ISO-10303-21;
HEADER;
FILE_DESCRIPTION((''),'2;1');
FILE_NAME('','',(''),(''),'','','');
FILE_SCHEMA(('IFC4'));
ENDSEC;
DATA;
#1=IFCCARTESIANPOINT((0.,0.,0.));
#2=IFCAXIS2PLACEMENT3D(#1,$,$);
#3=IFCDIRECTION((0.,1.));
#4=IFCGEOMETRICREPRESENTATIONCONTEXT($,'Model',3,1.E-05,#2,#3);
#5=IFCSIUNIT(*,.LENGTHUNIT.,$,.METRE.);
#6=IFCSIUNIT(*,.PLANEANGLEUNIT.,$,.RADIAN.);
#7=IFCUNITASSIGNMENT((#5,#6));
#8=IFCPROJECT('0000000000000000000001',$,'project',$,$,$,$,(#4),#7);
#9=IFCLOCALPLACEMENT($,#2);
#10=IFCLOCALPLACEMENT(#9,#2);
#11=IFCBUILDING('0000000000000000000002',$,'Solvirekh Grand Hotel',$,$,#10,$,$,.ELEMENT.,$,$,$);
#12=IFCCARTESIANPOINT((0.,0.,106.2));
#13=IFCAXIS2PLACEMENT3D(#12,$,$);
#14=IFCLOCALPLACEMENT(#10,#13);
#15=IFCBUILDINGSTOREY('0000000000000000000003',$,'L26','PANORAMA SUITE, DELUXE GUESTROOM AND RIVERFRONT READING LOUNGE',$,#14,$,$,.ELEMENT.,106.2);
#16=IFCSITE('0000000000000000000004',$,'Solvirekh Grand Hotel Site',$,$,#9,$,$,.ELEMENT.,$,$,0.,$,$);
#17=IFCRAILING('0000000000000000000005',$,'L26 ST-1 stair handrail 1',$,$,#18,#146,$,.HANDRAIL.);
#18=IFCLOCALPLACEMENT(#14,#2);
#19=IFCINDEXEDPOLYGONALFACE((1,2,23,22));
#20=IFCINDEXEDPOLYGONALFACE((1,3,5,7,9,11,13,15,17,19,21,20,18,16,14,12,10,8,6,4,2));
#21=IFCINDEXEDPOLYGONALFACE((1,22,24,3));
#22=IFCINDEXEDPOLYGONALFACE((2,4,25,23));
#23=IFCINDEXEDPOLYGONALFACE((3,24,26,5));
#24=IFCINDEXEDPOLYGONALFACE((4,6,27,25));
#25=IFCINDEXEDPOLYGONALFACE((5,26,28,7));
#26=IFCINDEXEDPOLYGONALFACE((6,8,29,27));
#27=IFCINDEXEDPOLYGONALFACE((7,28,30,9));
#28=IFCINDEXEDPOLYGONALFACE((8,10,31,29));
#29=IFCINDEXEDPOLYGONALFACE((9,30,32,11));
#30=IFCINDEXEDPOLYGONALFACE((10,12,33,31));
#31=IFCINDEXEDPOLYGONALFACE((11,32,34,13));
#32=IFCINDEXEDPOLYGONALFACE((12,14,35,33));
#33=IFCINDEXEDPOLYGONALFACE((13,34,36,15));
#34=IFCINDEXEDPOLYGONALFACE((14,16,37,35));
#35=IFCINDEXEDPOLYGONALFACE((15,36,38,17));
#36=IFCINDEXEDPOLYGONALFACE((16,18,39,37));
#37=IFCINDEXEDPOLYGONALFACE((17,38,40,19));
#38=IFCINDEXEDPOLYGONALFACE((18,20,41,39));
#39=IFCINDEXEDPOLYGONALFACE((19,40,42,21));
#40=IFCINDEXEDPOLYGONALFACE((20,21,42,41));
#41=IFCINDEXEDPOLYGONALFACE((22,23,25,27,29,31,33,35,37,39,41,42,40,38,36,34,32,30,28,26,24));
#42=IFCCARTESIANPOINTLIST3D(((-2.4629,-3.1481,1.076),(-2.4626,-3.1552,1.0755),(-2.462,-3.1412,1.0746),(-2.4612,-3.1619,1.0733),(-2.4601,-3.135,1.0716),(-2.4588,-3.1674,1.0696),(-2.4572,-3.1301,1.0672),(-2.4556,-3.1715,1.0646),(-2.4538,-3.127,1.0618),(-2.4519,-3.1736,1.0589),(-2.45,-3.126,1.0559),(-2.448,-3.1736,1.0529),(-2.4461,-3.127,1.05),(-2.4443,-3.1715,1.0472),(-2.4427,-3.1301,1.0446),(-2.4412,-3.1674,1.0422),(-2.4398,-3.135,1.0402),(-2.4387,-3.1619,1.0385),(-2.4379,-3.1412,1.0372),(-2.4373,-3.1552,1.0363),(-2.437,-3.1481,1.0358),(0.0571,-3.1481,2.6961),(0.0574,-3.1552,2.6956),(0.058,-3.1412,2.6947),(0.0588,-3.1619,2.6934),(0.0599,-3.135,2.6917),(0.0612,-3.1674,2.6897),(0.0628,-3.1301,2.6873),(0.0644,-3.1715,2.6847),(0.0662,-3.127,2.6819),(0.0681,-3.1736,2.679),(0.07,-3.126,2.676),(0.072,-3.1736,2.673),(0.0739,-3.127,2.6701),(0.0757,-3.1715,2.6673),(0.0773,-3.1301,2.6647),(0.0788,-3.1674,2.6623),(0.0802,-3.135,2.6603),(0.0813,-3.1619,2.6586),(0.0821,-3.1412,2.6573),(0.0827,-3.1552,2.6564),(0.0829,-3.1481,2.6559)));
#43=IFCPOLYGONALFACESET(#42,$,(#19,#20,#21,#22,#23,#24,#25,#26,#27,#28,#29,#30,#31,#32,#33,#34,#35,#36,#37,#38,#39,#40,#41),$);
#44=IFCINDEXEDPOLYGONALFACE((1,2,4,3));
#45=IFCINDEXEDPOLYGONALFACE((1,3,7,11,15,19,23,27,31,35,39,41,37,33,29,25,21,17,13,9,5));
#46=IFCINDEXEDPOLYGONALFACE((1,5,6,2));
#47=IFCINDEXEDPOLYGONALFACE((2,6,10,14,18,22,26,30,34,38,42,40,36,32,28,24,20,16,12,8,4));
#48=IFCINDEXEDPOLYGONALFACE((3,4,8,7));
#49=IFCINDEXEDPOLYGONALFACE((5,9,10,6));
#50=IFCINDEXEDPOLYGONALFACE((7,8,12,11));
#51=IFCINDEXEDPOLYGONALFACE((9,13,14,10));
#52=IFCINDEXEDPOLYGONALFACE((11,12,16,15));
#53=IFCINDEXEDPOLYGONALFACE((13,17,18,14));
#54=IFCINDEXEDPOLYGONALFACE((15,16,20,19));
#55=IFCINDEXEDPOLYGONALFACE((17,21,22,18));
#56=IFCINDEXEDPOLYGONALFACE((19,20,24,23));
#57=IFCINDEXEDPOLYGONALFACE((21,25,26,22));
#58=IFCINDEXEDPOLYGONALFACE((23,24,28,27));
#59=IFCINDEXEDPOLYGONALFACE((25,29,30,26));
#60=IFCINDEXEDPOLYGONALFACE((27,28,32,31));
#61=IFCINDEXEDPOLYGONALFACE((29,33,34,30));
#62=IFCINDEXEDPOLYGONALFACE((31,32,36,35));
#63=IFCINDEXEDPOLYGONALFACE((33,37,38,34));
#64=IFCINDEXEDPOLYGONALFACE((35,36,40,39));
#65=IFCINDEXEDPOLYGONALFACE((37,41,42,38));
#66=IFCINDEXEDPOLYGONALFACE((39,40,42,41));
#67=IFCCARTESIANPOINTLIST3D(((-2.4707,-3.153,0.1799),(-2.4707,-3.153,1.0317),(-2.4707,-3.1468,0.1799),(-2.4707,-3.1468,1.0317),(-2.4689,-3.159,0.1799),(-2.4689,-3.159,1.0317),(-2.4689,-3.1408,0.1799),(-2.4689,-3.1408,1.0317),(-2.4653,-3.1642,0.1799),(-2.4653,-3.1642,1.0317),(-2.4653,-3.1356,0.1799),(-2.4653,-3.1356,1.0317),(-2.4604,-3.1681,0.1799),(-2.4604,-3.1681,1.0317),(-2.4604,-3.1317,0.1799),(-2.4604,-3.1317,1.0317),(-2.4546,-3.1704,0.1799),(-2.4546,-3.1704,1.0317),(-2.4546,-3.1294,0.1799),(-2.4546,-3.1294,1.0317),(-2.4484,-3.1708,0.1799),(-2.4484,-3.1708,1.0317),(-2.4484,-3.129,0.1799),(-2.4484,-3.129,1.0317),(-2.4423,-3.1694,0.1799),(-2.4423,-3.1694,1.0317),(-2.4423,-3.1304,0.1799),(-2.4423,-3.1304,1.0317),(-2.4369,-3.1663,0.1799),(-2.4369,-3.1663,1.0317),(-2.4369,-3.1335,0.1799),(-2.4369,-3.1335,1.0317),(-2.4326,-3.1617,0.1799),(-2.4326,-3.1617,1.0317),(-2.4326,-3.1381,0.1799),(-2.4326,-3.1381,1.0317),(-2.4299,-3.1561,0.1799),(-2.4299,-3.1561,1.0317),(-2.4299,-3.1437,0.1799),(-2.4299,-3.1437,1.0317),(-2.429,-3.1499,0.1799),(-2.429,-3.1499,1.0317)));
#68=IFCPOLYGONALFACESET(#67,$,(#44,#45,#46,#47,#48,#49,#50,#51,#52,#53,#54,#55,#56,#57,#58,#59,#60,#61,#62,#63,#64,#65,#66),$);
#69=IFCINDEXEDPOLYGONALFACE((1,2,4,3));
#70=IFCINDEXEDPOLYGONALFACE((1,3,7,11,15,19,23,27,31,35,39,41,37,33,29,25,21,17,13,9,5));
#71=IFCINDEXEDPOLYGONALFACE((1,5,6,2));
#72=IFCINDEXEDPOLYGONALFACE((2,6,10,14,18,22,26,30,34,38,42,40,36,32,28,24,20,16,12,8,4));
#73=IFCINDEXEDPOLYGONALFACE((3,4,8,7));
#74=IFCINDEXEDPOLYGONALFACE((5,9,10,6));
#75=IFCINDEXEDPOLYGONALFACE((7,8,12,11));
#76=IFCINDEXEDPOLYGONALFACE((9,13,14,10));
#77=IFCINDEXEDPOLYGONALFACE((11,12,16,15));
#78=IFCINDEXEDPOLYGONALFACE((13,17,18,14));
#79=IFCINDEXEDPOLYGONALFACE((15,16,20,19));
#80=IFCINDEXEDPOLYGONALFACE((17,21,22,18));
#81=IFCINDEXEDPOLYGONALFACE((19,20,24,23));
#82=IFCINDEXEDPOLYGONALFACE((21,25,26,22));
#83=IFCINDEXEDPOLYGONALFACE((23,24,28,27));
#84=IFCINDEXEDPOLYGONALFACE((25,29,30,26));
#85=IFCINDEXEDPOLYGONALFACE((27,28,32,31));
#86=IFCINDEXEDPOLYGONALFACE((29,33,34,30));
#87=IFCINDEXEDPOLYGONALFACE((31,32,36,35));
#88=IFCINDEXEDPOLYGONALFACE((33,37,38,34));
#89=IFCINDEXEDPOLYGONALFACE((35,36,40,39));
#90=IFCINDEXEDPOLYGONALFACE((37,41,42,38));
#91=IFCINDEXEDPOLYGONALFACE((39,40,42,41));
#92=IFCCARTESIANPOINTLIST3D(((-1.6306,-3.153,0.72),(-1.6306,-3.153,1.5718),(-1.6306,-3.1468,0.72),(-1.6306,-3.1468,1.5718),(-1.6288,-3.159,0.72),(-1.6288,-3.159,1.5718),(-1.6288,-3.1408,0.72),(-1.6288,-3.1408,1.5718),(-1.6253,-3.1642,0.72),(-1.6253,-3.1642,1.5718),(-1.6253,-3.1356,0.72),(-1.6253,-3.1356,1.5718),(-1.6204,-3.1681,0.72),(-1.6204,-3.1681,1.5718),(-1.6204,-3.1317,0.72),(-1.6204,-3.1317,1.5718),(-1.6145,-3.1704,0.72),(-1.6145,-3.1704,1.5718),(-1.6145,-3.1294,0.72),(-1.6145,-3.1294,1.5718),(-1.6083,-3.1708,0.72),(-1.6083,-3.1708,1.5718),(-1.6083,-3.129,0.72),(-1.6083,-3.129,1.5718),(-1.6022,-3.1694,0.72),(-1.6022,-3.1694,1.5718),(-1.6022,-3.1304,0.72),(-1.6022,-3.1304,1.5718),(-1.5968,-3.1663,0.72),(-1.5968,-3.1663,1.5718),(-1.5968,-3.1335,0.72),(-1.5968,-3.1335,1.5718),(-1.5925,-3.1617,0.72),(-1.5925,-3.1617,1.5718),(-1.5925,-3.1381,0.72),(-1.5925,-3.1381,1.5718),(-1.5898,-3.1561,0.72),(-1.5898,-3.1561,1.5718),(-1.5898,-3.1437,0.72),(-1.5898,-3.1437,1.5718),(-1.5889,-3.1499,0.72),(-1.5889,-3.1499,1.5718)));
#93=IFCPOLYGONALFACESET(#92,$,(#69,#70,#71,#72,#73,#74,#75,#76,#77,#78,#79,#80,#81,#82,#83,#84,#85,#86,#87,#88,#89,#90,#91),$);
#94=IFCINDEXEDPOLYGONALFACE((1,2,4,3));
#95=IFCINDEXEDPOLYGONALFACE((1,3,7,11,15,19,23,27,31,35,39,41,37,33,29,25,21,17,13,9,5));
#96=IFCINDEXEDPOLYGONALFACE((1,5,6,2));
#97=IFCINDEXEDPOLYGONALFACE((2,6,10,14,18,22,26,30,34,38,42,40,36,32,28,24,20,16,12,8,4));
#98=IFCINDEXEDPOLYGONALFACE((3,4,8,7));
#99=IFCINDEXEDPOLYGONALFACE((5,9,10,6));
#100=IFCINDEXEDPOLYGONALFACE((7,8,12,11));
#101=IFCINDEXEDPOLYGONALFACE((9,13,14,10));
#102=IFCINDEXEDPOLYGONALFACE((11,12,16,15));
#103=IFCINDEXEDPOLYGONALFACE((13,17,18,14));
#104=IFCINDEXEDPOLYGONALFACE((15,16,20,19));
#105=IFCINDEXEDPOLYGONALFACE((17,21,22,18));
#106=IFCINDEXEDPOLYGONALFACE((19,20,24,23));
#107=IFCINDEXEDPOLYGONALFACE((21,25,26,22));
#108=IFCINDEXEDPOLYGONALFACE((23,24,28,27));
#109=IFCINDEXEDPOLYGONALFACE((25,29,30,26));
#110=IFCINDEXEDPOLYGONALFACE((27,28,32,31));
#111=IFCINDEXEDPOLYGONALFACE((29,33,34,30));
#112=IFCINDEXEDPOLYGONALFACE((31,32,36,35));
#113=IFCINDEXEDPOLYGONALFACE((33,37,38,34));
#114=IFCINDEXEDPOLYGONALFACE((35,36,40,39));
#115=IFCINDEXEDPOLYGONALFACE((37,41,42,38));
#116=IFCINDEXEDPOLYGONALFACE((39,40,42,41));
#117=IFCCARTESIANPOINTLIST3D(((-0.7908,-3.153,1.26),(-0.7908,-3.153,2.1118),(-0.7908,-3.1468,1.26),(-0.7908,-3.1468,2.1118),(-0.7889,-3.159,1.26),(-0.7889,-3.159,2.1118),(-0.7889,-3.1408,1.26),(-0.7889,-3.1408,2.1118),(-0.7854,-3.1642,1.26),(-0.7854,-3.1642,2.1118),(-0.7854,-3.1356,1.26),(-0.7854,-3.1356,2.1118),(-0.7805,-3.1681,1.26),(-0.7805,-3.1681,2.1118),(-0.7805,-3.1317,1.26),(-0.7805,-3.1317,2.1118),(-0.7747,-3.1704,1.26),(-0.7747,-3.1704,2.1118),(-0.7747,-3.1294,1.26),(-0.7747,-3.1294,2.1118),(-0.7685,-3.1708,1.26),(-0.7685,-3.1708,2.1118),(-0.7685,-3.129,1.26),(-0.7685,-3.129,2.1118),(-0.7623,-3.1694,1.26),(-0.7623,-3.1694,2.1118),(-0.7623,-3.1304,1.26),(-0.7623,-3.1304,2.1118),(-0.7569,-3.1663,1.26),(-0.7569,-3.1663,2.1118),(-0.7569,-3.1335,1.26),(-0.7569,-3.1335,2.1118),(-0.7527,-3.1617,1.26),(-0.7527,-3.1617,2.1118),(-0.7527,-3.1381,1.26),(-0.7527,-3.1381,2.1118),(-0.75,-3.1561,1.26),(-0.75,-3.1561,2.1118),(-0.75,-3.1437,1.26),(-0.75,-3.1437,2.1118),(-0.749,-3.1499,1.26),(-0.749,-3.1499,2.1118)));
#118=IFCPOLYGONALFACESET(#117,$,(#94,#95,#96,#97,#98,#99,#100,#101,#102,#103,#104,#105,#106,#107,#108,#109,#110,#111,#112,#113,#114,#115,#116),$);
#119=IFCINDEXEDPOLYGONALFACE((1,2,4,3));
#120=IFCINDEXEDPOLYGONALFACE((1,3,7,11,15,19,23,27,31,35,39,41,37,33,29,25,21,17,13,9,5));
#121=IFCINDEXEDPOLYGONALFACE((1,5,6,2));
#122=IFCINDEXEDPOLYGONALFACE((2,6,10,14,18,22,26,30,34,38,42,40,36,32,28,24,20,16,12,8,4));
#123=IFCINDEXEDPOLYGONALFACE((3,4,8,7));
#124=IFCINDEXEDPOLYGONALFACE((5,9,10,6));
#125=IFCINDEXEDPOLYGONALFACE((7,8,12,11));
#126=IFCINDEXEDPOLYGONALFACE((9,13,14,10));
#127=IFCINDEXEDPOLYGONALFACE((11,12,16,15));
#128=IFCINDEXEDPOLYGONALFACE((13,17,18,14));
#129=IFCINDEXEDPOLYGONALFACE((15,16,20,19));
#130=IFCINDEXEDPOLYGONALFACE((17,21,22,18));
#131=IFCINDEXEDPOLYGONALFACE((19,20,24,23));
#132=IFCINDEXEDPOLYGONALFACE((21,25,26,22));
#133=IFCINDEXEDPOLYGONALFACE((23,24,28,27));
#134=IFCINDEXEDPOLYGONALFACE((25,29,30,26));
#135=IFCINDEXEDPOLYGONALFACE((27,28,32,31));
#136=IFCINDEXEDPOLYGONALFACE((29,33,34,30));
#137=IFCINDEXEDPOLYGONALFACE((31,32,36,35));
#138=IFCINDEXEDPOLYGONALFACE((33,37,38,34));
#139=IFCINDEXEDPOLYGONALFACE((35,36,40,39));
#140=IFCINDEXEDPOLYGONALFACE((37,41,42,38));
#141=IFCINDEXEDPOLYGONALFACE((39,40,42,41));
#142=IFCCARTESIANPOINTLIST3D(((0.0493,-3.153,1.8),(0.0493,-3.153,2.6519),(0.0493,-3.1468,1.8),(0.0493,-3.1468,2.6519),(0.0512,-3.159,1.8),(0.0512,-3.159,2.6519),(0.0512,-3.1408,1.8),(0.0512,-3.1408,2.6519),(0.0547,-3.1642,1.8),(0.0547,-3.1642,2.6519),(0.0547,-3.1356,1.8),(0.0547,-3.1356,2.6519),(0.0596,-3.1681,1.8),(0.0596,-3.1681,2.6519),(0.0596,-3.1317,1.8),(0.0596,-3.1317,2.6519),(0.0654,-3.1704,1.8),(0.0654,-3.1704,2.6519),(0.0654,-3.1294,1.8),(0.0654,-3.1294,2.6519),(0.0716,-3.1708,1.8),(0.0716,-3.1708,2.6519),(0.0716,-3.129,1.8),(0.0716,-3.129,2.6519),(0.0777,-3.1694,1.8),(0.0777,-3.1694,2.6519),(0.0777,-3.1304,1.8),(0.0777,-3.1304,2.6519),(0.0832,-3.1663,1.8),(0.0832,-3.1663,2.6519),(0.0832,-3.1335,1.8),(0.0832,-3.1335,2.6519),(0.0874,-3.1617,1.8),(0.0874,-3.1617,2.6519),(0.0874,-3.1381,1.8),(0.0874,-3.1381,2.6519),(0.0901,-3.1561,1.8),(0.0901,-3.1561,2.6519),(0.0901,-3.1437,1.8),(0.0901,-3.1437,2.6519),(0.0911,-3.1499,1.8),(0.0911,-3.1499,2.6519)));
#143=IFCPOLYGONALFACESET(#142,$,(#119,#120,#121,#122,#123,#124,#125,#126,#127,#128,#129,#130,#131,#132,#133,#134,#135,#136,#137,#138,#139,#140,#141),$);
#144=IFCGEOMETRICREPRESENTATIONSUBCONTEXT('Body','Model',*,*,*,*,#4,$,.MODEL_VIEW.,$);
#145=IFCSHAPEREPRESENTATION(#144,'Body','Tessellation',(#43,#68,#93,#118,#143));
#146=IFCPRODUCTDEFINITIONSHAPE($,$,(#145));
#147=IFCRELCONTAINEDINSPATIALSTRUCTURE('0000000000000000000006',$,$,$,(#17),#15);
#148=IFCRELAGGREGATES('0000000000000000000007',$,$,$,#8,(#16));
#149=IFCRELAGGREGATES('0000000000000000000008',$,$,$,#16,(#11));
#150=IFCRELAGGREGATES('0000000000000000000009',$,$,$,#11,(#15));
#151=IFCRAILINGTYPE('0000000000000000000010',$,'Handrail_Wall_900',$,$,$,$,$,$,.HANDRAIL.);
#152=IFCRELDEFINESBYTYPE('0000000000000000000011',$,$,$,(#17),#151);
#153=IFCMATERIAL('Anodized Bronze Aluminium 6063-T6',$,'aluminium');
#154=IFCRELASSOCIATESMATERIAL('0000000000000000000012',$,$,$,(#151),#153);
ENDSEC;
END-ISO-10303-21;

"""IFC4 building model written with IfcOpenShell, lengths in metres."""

from ifc_helpers import new_model, si_unit, direction, frame, origin, origin_2d, place, context, subcontext, project, spatial, circle, extrude, material, type_object, element, save


model = new_model("IFC4")

# Units and contexts
model_context = context("Model", 3, precision=1e-05, world=origin(), true_north=direction((0.0, 1.0)))
body_context = subcontext(model_context, "Body", "Model", "MODEL_VIEW")
ifc_project = project(units=[si_unit("LENGTHUNIT", "METRE"), si_unit("PLANEANGLEUNIT", "RADIAN")], contexts=[model_context])

# Site, building, storey
site_placement = place(None, origin())
site = spatial("IfcSite", under=ifc_project, at=site_placement, Name="Solvirekh Grand Hotel Site", CompositionType="ELEMENT", RefElevation=0.0)
building_placement = place(site_placement, origin())
building = spatial("IfcBuilding", under=site, at=building_placement, Name="Solvirekh Grand Hotel", CompositionType="ELEMENT")
storey_placement = place(building_placement, frame((0.0, 0.0, 106.2)))
storey = spatial("IfcBuildingStorey", under=building, at=storey_placement, Name="L26", Description="PANORAMA SUITE, DELUXE GUESTROOM AND RIVERFRONT READING LOUNGE", CompositionType="ELEMENT", Elevation=106.2)

# Railing
ifc_material_1 = material(Name="Anodized Bronze Aluminium 6063-T6", Category="aluminium")
railing_type_1 = type_object("IfcRailingType", Name="Handrail_Wall_900", PredefinedType="HANDRAIL", material=ifc_material_1)
railing_1_placement = place(storey_placement, frame((-2.45, -3.1499, 0.1799)))
element("IfcRailing", 1, at=railing_1_placement, inside=storey, type_object=railing_type_1, Name="L26 ST-1 stair handrail 1", PredefinedType="HANDRAIL", context=body_context, shape_type="SweptSolid", body=[
    extrude(circle(Radius=0.0239, at=origin_2d()), frame((0.0, 0.0, 0.876), z_axis=(0.841163, 0.0, 0.540782), x_axis=(0.0, 1.0, 0.0)), (0.0, 0.0, 1.0), 2.9958),
    extrude(circle(Radius=0.021, at=origin_2d()), origin(), (0.0, 0.0, 1.0), 0.8518),
    extrude(circle(Radius=0.021, at=origin_2d()), frame((0.8401, 0.0, 0.54)), (0.0, 0.0, 1.0), 0.8518),
    extrude(circle(Radius=0.021, at=origin_2d()), frame((1.6799, 0.0, 1.0801)), (0.0, 0.0, 1.0), 0.8518),
    extrude(circle(Radius=0.021, at=origin_2d()), frame((2.52, 0.0, 1.6201)), (0.0, 0.0, 1.0), 0.8518),
])

save(model, "model.ifc")
